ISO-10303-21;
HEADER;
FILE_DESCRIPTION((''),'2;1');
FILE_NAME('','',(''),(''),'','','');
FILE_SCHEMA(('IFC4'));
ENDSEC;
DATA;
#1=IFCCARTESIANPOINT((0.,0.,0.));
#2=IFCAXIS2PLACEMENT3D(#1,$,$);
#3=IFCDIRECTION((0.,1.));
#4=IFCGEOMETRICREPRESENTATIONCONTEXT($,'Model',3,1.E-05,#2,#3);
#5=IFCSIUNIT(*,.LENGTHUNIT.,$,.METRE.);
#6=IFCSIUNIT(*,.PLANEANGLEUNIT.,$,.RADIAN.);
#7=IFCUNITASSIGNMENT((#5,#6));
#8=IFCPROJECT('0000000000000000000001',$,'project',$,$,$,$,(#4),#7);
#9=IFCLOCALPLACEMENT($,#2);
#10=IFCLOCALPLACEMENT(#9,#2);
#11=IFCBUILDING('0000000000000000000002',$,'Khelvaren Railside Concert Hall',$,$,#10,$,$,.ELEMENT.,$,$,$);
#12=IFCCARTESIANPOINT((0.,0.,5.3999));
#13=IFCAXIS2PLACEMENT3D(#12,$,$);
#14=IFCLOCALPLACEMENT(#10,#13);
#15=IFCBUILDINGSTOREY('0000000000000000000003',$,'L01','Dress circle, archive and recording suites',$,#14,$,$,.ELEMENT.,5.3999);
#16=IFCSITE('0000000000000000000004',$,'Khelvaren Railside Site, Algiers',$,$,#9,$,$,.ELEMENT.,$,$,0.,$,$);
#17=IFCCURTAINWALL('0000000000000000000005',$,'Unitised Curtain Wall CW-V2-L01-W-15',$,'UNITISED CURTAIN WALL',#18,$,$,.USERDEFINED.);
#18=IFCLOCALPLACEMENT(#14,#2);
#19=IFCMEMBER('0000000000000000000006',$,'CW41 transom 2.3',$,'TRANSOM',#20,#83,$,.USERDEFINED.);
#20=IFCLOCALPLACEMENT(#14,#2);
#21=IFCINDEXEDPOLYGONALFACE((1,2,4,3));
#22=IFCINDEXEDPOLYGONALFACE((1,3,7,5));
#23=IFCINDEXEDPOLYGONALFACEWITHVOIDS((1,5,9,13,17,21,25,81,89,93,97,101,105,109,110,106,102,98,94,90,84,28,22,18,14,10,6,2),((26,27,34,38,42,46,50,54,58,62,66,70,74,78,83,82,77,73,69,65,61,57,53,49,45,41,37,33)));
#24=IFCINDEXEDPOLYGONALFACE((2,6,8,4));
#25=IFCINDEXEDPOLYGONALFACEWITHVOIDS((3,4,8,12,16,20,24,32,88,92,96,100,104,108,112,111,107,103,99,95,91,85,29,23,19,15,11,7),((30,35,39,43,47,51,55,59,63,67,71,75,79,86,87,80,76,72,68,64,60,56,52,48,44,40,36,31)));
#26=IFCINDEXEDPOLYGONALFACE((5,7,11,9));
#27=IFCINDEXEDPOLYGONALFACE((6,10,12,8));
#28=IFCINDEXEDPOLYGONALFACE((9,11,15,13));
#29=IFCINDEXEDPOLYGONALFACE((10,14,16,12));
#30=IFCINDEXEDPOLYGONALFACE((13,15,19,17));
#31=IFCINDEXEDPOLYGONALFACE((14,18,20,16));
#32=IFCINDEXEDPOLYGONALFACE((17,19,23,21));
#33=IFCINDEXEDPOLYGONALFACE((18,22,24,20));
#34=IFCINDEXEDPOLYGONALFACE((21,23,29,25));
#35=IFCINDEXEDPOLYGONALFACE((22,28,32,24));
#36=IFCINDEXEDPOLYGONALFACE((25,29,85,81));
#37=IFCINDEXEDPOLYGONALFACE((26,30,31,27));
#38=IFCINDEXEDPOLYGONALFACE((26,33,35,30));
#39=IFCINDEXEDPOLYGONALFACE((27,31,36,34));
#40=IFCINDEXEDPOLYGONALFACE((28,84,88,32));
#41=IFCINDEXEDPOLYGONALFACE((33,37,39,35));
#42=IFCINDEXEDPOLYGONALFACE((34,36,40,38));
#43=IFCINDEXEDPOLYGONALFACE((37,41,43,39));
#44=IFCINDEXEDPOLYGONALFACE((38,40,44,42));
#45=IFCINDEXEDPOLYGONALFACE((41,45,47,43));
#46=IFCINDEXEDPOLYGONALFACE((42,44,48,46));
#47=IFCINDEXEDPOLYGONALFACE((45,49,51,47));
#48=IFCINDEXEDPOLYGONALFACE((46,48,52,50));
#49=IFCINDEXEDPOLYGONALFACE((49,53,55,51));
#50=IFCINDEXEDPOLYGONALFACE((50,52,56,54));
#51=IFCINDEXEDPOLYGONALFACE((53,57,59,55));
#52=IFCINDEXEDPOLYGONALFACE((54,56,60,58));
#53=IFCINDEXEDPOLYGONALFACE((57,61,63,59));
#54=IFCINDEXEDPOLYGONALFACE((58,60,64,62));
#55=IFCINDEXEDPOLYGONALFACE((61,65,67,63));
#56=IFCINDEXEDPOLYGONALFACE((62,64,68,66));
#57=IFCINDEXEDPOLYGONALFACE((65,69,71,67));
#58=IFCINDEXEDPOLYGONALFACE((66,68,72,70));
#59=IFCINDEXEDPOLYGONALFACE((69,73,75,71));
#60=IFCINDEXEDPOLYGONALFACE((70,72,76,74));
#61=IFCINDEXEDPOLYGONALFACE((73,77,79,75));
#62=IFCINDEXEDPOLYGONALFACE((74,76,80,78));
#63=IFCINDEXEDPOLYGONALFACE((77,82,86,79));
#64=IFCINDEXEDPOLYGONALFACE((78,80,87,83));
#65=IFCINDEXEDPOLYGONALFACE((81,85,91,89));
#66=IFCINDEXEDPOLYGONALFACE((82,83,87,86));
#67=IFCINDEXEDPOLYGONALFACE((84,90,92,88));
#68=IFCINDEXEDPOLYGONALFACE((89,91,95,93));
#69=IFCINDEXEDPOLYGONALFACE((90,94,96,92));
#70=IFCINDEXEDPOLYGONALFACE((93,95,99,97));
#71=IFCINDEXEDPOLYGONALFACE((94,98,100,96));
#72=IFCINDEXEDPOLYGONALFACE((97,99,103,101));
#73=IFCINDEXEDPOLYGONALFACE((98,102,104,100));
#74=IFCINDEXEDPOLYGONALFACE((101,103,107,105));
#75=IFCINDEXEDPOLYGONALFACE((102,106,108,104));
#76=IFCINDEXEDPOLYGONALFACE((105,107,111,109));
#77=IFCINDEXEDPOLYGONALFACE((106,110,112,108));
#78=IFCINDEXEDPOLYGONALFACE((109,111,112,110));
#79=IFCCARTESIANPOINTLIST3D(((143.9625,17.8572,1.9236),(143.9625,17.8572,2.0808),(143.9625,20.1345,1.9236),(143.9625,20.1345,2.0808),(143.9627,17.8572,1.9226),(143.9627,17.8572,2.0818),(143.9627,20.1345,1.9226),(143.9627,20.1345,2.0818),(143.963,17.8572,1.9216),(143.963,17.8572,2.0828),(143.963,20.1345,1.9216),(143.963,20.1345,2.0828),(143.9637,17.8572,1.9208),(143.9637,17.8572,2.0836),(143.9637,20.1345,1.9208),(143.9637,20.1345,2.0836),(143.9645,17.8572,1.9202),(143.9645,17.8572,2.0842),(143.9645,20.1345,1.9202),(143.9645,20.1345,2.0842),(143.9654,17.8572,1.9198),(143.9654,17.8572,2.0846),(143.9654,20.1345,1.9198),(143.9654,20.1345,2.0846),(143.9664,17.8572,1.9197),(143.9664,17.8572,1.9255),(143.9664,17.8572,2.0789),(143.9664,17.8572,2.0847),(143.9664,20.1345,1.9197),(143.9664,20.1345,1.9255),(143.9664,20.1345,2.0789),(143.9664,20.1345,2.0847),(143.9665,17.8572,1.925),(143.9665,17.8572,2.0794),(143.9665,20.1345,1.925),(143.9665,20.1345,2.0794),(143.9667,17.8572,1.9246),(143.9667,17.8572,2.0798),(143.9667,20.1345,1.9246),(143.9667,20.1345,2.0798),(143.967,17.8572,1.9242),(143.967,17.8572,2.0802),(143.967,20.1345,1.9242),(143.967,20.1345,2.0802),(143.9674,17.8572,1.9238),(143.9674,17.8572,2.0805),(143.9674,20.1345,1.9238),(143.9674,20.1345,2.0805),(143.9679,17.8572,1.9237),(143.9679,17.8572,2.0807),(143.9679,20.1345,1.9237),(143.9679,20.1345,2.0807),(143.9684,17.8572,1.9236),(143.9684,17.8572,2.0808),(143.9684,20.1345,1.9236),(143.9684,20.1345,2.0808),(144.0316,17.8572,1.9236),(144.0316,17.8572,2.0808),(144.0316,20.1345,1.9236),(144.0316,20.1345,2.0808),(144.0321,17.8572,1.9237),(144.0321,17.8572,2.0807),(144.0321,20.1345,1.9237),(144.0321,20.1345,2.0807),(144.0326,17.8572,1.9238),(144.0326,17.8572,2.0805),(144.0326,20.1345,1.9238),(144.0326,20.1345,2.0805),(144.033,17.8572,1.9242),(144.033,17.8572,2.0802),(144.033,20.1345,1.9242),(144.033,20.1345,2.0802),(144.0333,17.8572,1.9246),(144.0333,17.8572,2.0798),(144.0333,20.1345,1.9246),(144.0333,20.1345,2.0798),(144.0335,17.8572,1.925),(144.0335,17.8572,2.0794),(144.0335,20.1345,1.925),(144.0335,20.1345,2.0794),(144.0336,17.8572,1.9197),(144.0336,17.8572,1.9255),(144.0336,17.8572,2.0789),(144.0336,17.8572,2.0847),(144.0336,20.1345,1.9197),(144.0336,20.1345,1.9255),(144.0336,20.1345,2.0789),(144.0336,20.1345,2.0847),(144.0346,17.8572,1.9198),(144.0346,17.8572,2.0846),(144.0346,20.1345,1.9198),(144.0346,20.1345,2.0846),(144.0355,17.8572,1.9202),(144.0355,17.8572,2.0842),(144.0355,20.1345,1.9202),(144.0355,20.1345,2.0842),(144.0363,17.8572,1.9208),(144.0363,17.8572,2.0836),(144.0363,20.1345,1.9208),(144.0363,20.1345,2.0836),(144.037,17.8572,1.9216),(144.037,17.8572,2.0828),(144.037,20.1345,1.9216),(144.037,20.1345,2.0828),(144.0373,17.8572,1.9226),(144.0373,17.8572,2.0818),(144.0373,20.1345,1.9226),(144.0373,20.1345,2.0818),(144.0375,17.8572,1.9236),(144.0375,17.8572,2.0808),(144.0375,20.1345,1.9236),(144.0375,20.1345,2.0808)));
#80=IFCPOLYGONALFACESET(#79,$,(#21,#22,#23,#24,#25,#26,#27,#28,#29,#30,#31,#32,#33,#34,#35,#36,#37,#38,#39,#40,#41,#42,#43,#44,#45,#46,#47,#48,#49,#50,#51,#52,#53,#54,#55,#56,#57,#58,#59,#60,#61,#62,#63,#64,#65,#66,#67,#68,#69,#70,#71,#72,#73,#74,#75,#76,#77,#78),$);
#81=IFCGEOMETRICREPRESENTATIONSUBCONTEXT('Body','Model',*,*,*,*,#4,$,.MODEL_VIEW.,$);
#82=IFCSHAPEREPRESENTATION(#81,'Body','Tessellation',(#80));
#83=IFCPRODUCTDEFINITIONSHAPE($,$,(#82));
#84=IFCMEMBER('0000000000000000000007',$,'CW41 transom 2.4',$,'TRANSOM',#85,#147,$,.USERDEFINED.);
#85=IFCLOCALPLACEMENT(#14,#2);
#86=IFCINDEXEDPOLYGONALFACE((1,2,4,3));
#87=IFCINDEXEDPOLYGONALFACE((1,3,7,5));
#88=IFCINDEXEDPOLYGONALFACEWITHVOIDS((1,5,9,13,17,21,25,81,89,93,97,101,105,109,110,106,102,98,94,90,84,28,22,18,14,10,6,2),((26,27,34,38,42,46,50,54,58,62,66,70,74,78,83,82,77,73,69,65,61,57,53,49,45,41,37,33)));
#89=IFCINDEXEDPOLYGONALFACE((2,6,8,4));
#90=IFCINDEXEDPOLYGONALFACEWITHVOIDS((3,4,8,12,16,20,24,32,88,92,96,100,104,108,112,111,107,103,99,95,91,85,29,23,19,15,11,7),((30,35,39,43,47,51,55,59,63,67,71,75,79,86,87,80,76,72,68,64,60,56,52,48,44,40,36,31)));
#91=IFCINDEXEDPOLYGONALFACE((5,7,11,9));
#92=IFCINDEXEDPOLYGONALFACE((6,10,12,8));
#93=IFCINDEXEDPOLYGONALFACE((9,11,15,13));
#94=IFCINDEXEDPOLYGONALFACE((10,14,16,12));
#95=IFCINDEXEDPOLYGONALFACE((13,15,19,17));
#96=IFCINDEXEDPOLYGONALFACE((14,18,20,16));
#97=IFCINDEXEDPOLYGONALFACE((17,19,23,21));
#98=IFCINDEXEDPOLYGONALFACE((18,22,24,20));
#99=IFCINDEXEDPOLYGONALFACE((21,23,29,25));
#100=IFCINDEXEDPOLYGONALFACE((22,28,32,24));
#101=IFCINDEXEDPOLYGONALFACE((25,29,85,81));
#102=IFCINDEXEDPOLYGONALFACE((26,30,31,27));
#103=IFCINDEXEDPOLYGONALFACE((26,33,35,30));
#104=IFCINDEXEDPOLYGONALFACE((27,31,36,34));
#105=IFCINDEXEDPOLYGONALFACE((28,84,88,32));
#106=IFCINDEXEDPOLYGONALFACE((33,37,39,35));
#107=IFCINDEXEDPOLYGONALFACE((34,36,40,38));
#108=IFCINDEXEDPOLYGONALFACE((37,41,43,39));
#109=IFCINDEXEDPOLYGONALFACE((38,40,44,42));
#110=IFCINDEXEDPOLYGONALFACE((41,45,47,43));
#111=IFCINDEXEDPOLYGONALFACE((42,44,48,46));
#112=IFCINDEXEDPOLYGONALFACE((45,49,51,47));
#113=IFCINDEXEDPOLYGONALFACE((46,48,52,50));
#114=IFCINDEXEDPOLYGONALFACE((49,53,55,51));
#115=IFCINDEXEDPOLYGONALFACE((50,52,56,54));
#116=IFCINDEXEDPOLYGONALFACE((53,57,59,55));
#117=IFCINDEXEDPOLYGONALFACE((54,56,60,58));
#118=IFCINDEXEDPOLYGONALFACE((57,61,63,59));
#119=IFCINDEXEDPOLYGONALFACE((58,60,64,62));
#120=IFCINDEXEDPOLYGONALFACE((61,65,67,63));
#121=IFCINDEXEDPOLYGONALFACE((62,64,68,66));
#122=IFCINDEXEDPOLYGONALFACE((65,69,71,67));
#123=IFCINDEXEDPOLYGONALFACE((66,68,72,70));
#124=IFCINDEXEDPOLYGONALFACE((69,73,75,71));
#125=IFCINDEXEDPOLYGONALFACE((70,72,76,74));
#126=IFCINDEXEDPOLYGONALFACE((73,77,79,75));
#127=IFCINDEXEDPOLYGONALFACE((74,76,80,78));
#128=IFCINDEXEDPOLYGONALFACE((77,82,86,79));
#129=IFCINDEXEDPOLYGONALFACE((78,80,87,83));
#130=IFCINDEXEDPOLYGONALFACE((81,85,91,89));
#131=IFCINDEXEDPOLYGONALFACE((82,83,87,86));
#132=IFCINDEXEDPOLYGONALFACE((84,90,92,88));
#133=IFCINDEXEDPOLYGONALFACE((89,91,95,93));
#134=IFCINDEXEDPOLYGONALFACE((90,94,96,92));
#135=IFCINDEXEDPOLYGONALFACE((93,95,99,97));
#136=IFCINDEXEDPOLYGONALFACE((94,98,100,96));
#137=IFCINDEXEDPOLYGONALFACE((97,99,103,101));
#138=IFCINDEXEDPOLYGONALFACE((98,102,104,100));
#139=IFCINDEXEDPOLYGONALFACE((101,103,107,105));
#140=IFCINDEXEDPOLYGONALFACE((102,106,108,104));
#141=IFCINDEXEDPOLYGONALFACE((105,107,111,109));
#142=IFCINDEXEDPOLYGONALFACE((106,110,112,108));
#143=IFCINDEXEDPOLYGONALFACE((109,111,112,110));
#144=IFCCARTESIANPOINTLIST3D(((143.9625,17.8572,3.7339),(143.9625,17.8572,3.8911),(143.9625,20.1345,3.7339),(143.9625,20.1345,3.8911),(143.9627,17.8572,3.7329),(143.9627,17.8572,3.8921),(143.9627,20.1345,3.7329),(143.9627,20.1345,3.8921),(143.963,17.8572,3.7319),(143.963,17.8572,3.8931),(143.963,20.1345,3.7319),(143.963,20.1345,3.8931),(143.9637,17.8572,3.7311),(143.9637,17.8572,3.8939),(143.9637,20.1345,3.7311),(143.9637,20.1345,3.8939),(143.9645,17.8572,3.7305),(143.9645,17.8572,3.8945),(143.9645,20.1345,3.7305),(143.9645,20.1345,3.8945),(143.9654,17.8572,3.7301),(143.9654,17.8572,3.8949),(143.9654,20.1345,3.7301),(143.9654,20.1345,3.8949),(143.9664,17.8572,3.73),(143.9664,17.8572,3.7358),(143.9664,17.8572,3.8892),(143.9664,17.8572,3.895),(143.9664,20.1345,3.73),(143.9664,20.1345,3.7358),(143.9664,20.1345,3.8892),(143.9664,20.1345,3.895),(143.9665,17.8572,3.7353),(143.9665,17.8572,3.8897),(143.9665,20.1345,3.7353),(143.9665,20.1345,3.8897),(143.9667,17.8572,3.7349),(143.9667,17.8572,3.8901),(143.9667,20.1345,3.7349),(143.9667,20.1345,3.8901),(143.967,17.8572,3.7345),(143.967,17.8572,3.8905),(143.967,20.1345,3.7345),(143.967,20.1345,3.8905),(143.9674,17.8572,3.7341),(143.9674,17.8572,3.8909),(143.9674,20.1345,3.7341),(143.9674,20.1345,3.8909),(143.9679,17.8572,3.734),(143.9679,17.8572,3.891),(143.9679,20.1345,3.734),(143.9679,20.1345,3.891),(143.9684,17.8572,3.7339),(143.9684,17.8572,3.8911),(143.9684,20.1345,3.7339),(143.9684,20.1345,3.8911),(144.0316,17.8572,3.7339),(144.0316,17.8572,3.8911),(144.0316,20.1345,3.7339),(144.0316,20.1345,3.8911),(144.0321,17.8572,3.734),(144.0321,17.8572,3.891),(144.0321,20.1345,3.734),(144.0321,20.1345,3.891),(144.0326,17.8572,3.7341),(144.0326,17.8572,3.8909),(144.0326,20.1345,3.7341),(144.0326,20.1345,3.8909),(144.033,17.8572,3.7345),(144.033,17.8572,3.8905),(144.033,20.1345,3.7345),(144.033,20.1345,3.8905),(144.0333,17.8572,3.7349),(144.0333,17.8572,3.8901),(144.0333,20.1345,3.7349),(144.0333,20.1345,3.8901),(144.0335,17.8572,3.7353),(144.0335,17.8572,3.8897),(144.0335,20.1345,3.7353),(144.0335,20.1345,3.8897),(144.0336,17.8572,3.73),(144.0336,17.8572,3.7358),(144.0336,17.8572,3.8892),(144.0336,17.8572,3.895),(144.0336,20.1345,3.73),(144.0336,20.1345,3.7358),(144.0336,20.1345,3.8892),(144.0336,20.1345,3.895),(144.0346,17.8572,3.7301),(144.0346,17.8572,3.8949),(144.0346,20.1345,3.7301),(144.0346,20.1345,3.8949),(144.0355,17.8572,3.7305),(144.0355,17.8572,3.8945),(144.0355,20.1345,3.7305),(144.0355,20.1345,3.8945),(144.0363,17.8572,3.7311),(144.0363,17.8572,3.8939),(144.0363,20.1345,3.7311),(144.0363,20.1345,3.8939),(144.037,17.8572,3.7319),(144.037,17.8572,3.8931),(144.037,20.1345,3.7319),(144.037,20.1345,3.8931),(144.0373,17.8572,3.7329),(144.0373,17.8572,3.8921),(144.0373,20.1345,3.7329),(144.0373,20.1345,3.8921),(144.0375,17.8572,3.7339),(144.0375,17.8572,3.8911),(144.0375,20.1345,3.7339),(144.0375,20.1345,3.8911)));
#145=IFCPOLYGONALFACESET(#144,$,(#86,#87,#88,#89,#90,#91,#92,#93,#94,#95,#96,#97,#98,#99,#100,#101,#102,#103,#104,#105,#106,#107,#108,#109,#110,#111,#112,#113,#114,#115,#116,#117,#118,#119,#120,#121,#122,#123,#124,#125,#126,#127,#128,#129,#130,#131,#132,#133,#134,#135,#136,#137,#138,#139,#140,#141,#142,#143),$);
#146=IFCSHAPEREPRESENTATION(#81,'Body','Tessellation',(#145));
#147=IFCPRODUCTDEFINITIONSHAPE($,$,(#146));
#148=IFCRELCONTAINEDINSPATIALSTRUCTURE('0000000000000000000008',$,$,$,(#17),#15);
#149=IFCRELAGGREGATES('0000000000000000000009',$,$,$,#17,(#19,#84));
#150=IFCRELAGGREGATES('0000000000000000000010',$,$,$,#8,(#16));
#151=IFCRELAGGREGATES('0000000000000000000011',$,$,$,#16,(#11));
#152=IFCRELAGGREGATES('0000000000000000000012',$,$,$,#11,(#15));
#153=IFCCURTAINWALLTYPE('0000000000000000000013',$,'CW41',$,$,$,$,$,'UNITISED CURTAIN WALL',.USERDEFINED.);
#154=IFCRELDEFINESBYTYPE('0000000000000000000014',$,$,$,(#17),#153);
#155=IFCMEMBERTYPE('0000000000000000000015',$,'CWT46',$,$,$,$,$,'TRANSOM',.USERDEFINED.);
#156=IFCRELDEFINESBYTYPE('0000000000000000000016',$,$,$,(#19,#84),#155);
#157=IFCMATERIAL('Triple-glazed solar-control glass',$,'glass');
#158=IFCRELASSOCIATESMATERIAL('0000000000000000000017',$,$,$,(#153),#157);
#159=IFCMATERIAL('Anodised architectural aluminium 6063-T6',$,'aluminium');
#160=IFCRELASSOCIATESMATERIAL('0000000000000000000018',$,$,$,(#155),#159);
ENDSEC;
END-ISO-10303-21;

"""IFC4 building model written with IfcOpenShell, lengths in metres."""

from ifc_helpers import new_model, si_unit, direction, frame, origin, origin_2d, place, context, subcontext, project, spatial, hollow_rectangle, extrude, material, material_profile, profile_set, type_object, element, aggregate, save


model = new_model("IFC4")

# Units and contexts
model_context = context("Model", 3, precision=1e-05, world=origin(), true_north=direction((0.0, 1.0)))
body_context = subcontext(model_context, "Body", "Model", "MODEL_VIEW")
ifc_project = project(units=[si_unit("LENGTHUNIT", "METRE"), si_unit("PLANEANGLEUNIT", "RADIAN")], contexts=[model_context])

# Site, building, storey
site_placement = place(None, origin())
site = spatial("IfcSite", under=ifc_project, at=site_placement, Name="Khelvaren Railside Site, Algiers", CompositionType="ELEMENT", RefElevation=0.0)
building_placement = place(site_placement, origin())
building = spatial("IfcBuilding", under=site, at=building_placement, Name="Khelvaren Railside Concert Hall", CompositionType="ELEMENT")
storey_placement = place(building_placement, frame((0.0, 0.0, 5.3999)))
storey = spatial("IfcBuildingStorey", under=building, at=storey_placement, Name="L01", Description="Dress circle, archive and recording suites", CompositionType="ELEMENT", Elevation=5.3999)

# Curtain wall, members
ifc_material_1 = material(Name="Triple-glazed solar-control glass", Category="glass")
curtain_wall_type = type_object("IfcCurtainWallType", Name="CW41", ElementType="UNITISED CURTAIN WALL", PredefinedType="USERDEFINED", material=ifc_material_1)
curtain_wall_placement = place(storey_placement, origin())
curtain_wall = element("IfcCurtainWall", 1, at=curtain_wall_placement, inside=storey, type_object=curtain_wall_type, Name="Unitised Curtain Wall CW-V2-L01-W-15", ObjectType="UNITISED CURTAIN WALL", PredefinedType="USERDEFINED")
ifc_material_2 = material(Name="Anodised architectural aluminium 6063-T6", Category="aluminium")
ifc_material_profile_1 = material_profile(ifc_material_2, hollow_rectangle(XDim=0.075, YDim=0.165, WallThickness=0.0039, InnerFilletRadius=0.002, OuterFilletRadius=0.0039, at=origin_2d()), Name="CWT 75x165x4")
ifc_profile_set_1 = profile_set([ifc_material_profile_1], Name="Anodised architectural aluminium 6063-T6")
member_type_1 = type_object("IfcMemberType", Name="CWT46", ElementType="TRANSOM", PredefinedType="USERDEFINED", material=ifc_profile_set_1)
member_1_placement = place(storey_placement, frame((144.0, 17.8572, 2.0022), z_axis=(0.0, 1.0, 0.0), x_axis=(-1.0, 0.0, 0.0)))
member_1 = element("IfcMember", 2, at=member_1_placement, type_object=member_type_1, Name="CW41 transom 2.3", ObjectType="TRANSOM", PredefinedType="USERDEFINED", context=body_context, shape_type="SweptSolid", body=[
    extrude(hollow_rectangle(XDim=0.075, YDim=0.165, WallThickness=0.0039, InnerFilletRadius=0.002, OuterFilletRadius=0.0039, at=origin_2d()), origin(), (0.0, 0.0, 1.0), 2.2773),
])
member_2_placement = place(storey_placement, frame((144.0, 17.8572, 3.8125), z_axis=(0.0, 1.0, 0.0), x_axis=(-1.0, 0.0, 0.0)))
member_2 = element("IfcMember", 3, at=member_2_placement, type_object=member_type_1, Name="CW41 transom 2.4", ObjectType="TRANSOM", PredefinedType="USERDEFINED", context=body_context, shape_type="SweptSolid", body=[
    extrude(hollow_rectangle(XDim=0.075, YDim=0.165, WallThickness=0.0039, InnerFilletRadius=0.002, OuterFilletRadius=0.0039, at=origin_2d()), origin(), (0.0, 0.0, 1.0), 2.2773),
])

aggregate(curtain_wall, [member_1, member_2])

save(model, "model.ifc")
